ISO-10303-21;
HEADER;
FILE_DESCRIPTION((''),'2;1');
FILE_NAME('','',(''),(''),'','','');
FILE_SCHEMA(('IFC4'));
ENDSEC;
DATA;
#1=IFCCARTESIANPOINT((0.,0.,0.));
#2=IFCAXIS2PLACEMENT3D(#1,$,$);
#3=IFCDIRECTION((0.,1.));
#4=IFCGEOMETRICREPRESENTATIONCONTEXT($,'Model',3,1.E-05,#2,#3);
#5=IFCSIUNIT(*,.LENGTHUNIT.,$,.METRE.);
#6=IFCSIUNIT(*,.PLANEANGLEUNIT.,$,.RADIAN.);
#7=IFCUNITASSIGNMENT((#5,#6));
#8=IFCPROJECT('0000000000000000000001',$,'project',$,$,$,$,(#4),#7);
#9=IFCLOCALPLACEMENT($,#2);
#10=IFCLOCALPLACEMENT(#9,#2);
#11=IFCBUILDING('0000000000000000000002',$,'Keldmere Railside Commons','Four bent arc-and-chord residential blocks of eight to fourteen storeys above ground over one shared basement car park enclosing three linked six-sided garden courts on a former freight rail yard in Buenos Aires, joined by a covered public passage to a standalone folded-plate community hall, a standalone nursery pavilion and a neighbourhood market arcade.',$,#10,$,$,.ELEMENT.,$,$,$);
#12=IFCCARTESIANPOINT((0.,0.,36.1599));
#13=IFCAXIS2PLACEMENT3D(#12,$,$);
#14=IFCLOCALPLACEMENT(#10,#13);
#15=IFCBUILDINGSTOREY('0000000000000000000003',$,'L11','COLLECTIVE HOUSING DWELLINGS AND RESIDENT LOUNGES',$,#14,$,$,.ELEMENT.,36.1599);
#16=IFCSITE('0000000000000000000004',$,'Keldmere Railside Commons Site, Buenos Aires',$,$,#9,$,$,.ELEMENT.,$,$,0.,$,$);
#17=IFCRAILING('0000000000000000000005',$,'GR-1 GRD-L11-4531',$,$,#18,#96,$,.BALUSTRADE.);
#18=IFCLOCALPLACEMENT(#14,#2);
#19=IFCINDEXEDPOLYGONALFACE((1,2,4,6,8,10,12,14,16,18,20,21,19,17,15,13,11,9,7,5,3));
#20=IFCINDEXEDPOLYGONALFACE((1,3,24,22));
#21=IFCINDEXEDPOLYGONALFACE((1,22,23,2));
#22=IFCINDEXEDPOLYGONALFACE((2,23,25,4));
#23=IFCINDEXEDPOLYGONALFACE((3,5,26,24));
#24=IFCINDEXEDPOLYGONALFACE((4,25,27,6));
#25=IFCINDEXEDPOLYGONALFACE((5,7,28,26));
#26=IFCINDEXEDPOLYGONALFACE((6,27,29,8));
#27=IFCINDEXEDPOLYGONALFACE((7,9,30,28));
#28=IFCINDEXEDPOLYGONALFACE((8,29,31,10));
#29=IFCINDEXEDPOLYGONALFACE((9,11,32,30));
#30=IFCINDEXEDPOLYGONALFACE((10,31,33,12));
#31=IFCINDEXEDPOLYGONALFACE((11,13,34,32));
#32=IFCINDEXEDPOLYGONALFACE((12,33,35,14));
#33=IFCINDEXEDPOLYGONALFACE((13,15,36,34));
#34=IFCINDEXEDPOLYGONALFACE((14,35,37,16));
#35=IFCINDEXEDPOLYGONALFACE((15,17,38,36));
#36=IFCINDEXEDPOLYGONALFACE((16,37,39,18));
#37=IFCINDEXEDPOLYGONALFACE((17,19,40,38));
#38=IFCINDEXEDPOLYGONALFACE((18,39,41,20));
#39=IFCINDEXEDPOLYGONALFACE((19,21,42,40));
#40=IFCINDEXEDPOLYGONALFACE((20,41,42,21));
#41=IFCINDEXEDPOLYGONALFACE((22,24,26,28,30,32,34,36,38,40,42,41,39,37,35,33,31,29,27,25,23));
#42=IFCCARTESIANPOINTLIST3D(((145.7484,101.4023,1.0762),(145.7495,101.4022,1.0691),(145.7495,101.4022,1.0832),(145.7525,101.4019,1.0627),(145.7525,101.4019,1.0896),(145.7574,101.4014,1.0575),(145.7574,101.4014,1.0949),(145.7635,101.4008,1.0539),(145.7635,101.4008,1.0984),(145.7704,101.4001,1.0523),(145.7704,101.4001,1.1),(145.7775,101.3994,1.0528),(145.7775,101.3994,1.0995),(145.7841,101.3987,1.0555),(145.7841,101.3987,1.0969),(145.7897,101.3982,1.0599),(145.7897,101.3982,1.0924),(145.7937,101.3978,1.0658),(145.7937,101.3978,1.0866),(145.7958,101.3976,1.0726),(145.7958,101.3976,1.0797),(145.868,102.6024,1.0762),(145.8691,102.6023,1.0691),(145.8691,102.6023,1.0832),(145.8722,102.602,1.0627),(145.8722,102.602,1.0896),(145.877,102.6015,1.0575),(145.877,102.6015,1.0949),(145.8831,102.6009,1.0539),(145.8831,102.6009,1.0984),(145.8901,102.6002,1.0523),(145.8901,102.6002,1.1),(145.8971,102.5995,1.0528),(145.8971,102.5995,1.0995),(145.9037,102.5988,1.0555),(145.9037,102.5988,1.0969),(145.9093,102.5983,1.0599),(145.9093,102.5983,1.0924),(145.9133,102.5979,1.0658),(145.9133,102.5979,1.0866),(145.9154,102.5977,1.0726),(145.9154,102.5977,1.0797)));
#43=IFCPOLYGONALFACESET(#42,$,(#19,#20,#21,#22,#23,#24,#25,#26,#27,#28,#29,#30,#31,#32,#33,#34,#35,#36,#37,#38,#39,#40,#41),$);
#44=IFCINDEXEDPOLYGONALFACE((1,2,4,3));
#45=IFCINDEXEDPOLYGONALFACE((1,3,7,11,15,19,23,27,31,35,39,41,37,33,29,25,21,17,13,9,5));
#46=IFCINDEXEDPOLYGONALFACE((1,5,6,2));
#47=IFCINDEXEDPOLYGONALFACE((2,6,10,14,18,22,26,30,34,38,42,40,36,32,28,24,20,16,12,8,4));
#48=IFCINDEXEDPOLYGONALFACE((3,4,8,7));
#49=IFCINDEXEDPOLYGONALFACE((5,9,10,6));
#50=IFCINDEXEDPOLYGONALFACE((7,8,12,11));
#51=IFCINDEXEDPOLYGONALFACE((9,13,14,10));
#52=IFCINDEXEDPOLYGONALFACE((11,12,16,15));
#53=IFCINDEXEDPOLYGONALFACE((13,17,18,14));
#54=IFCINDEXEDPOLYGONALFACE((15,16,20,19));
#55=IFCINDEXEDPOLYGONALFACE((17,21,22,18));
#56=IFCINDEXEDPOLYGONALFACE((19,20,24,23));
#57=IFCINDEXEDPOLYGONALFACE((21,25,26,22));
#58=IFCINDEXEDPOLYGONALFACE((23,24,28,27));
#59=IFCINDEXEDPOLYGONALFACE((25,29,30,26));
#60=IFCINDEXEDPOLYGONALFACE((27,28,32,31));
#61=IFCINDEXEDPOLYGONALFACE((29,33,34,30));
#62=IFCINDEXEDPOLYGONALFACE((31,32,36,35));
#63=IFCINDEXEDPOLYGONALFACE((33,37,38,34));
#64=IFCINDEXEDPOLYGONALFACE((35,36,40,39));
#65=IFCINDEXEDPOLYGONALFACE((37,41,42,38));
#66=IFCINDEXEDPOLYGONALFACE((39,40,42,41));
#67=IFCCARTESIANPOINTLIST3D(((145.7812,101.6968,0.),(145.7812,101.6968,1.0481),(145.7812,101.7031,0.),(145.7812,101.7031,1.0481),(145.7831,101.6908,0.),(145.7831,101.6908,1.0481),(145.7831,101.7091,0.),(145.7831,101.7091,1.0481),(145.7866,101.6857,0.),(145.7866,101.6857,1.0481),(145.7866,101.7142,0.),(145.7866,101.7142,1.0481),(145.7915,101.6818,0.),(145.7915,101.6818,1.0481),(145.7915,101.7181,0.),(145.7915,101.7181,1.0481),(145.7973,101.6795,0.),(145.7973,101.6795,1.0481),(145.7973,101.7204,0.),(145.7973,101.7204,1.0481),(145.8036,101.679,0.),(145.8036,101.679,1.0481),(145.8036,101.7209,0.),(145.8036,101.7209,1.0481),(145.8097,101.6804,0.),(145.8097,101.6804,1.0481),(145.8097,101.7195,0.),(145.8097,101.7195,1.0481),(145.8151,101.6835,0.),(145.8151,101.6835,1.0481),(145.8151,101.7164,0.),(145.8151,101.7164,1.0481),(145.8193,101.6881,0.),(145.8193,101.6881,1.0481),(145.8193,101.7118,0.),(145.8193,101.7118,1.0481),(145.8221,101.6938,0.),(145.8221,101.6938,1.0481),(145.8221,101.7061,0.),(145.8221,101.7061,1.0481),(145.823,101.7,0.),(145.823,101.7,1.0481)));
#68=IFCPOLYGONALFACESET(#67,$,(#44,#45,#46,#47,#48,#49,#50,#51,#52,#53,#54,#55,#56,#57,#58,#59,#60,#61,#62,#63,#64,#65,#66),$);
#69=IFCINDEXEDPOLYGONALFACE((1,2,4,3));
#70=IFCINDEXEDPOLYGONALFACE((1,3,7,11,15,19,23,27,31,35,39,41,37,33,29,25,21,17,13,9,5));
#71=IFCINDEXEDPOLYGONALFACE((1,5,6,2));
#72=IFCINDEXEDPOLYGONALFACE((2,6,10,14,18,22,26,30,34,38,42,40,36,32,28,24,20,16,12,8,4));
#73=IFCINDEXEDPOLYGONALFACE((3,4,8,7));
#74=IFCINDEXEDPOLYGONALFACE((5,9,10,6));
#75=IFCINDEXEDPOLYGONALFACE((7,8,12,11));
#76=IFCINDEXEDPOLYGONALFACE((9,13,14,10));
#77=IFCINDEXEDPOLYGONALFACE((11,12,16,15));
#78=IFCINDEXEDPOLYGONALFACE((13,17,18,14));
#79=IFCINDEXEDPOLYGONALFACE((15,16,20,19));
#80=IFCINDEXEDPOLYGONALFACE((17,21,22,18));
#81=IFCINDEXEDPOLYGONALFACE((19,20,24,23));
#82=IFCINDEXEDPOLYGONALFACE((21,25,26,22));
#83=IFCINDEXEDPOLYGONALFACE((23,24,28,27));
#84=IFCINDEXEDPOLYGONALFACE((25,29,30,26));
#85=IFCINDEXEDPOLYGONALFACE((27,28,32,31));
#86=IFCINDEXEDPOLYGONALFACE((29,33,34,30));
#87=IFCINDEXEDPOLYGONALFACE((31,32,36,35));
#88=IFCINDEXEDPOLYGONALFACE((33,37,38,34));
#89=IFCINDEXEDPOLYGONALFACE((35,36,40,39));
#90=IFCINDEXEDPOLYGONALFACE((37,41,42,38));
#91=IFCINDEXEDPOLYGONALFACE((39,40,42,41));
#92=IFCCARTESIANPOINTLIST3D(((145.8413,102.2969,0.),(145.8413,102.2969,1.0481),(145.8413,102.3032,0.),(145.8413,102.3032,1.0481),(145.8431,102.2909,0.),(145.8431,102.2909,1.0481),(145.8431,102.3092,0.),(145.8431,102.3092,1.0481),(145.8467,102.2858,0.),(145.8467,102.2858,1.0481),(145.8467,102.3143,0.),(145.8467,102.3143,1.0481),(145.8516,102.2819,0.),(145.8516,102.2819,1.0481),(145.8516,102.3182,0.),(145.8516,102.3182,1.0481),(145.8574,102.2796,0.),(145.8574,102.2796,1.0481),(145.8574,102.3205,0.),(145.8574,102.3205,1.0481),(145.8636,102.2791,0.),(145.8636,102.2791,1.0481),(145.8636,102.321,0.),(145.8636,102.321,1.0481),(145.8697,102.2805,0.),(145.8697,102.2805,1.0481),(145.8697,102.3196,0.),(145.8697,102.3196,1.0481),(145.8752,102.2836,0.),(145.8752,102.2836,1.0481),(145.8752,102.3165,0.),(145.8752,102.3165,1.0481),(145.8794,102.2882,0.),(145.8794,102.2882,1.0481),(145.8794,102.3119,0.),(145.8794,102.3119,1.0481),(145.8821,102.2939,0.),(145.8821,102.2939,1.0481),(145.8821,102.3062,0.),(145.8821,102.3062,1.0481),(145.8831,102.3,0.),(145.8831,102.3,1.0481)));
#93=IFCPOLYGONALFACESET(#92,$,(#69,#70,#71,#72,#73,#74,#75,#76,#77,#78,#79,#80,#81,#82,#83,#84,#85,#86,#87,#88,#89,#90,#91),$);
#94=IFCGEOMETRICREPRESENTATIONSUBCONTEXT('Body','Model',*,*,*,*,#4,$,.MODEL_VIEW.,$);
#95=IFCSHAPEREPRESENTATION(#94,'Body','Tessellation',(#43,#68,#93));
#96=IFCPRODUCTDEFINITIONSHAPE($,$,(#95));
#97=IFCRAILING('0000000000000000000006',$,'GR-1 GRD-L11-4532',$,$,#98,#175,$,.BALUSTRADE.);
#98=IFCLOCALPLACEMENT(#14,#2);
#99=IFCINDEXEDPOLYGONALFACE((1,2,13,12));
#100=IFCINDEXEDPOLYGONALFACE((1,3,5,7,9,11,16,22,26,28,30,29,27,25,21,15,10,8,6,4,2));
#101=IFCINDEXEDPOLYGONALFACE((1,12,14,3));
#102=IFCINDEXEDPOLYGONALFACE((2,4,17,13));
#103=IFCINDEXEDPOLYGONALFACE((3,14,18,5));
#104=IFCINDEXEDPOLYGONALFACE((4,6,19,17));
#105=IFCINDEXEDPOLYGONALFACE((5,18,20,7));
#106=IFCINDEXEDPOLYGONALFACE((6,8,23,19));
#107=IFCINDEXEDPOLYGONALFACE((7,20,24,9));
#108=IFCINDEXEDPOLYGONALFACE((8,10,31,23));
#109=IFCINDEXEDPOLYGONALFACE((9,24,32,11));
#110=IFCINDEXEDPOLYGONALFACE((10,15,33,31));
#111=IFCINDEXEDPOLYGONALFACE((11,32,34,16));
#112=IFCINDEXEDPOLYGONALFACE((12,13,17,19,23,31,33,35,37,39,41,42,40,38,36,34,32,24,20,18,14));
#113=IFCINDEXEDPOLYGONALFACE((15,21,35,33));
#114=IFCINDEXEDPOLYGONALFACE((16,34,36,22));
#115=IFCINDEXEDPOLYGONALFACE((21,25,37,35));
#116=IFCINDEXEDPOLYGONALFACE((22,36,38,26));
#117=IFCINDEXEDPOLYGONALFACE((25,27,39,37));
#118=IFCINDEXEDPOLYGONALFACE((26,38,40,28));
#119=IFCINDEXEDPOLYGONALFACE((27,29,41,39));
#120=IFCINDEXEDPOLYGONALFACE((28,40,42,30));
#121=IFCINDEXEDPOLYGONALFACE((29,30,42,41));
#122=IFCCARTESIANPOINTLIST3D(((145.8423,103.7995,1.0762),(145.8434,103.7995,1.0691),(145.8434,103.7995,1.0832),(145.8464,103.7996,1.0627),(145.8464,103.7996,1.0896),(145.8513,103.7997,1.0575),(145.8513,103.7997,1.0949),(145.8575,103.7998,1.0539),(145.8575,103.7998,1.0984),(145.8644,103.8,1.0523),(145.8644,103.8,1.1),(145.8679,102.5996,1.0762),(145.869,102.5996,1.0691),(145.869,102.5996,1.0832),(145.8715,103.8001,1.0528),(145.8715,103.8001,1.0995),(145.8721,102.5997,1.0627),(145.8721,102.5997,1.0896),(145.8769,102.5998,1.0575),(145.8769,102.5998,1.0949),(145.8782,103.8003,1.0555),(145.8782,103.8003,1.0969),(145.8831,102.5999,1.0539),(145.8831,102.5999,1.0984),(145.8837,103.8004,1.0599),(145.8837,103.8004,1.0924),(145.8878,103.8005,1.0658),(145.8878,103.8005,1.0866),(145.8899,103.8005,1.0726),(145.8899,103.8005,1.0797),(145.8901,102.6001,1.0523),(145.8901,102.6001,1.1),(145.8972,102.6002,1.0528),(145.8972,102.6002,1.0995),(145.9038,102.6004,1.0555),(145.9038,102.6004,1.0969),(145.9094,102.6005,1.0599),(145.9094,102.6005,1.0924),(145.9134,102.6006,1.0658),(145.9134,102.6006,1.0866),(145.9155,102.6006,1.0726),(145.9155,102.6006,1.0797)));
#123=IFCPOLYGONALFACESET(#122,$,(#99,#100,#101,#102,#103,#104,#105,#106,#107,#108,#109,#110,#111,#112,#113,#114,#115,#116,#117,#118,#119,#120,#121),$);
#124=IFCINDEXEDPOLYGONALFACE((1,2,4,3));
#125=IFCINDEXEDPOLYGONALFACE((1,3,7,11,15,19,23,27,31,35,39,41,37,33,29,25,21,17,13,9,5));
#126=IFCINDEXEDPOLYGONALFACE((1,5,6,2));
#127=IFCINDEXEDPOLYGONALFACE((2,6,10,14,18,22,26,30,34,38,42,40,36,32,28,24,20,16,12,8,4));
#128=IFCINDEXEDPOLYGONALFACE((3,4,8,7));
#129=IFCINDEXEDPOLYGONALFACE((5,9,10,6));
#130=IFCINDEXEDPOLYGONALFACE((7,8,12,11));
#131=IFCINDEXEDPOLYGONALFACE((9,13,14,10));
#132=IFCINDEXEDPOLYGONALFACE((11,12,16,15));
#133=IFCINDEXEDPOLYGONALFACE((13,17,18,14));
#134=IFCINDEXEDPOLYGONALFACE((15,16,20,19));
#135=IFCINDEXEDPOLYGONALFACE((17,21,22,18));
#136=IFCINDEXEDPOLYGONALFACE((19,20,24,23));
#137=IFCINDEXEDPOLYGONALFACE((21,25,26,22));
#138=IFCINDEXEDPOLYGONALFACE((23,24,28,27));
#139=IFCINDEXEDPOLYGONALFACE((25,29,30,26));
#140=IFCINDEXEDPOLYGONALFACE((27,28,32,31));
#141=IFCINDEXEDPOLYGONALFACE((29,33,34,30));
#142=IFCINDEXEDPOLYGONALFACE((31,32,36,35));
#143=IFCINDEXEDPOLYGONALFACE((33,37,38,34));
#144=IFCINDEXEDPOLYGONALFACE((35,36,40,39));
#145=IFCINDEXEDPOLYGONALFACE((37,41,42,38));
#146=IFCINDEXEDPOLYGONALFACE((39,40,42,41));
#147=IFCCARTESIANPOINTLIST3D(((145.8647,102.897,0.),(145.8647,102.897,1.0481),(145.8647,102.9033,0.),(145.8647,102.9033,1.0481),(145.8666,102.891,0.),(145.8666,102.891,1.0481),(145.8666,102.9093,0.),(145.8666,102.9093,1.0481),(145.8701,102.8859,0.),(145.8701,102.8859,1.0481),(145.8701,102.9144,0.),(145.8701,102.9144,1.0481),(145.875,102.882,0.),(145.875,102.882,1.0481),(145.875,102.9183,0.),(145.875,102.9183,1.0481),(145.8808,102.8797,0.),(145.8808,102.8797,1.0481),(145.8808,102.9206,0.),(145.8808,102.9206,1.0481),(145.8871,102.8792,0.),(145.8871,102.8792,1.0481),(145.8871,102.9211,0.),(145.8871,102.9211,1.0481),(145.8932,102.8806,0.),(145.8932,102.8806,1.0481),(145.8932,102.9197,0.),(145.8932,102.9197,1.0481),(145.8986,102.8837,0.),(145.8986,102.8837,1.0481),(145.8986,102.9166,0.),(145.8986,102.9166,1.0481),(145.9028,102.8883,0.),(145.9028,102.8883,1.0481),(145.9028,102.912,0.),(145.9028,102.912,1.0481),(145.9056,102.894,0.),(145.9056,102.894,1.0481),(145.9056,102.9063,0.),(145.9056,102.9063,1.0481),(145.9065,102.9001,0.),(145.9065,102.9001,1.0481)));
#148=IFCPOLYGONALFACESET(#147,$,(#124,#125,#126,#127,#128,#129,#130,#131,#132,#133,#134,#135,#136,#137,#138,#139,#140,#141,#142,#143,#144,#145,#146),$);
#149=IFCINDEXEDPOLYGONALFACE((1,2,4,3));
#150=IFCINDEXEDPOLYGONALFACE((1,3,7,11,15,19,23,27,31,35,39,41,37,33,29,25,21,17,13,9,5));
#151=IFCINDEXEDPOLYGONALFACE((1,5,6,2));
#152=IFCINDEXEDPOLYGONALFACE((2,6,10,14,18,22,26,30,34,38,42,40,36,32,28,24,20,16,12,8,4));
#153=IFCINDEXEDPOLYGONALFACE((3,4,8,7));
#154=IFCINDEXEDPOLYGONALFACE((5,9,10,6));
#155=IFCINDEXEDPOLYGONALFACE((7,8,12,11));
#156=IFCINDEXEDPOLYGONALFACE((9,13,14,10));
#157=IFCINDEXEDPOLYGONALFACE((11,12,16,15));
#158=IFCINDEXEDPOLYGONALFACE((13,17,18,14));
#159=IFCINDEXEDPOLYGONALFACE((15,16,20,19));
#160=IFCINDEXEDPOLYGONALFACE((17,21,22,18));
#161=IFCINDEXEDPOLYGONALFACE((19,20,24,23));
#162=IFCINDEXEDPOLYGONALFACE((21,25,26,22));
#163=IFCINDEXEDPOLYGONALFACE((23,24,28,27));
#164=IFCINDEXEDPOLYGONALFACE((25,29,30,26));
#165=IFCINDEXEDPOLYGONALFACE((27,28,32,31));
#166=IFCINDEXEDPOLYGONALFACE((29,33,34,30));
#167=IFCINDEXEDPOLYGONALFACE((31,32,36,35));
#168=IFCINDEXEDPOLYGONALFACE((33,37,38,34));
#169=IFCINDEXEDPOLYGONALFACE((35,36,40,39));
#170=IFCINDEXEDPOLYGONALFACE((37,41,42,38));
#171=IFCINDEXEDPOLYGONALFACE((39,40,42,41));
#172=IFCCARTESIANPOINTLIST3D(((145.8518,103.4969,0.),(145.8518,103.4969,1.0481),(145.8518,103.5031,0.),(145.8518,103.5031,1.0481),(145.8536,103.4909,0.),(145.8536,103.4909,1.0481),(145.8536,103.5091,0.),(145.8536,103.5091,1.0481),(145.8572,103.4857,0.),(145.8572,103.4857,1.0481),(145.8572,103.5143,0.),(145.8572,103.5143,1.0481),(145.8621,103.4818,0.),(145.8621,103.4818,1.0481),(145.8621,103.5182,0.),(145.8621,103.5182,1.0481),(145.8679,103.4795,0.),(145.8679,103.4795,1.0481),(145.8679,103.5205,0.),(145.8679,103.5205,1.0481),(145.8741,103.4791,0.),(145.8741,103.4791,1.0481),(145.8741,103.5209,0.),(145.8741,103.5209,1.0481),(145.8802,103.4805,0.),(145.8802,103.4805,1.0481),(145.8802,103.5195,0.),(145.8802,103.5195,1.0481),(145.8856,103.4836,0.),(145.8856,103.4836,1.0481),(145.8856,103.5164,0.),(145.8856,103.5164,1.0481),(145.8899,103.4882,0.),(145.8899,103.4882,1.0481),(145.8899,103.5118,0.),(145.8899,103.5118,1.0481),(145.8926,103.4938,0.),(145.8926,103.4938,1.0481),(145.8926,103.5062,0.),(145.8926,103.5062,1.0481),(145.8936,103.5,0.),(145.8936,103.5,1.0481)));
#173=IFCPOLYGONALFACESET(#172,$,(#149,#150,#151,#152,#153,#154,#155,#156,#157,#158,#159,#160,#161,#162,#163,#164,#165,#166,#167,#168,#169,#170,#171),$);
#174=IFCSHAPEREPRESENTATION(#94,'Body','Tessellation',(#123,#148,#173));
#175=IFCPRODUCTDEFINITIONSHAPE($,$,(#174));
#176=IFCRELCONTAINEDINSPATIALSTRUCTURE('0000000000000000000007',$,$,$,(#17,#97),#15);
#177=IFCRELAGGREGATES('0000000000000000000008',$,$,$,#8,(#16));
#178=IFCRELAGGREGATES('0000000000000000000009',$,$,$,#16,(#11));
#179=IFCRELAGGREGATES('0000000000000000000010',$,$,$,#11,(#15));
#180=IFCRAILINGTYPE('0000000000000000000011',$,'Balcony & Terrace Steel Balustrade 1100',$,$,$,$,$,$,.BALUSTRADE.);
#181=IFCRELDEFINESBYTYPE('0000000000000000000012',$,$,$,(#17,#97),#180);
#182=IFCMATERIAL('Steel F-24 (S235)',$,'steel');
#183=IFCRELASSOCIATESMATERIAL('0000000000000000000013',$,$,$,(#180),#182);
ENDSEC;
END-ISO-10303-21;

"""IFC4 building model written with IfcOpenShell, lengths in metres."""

from ifc_helpers import new_model, si_unit, direction, frame, origin, origin_2d, place, context, subcontext, project, spatial, circle, extrude, material, type_object, element, save


model = new_model("IFC4")

# Units and contexts
model_context = context("Model", 3, precision=1e-05, world=origin(), true_north=direction((0.0, 1.0)))
body_context = subcontext(model_context, "Body", "Model", "MODEL_VIEW")
ifc_project = project(units=[si_unit("LENGTHUNIT", "METRE"), si_unit("PLANEANGLEUNIT", "RADIAN")], contexts=[model_context])

# Site, building, storey
site_placement = place(None, origin())
site = spatial("IfcSite", under=ifc_project, at=site_placement, Name="Keldmere Railside Commons Site, Buenos Aires", CompositionType="ELEMENT", RefElevation=0.0)
building_placement = place(site_placement, origin())
building = spatial("IfcBuilding", under=site, at=building_placement, Name="Keldmere Railside Commons", Description="Four bent arc-and-chord residential blocks of eight to fourteen storeys above ground over one shared basement car park enclosing three linked six-sided garden courts on a former freight rail yard in Buenos Aires, joined by a covered public passage to a standalone folded-plate community hall, a standalone nursery pavilion and a neighbourhood market arcade.", CompositionType="ELEMENT")
storey_placement = place(building_placement, frame((0.0, 0.0, 36.1599)))
storey = spatial("IfcBuildingStorey", under=building, at=storey_placement, Name="L11", Description="COLLECTIVE HOUSING DWELLINGS AND RESIDENT LOUNGES", CompositionType="ELEMENT", Elevation=36.1599)

# Shared definitions
ifc_material_1 = material(Name="Steel F-24 (S235)", Category="steel")

# Railings
railing_type_1 = type_object("IfcRailingType", Name="Balcony & Terrace Steel Balustrade 1100", PredefinedType="BALUSTRADE", material=ifc_material_1)
railing_1_placement = place(storey_placement, frame((145.7722, 101.3999, 0.0)))
element("IfcRailing", 1, at=railing_1_placement, inside=storey, type_object=railing_type_1, Name="GR-1 GRD-L11-4531", PredefinedType="BALUSTRADE", context=body_context, shape_type="SweptSolid", body=[
    extrude(circle(Radius=0.0239, at=origin_2d()), frame((0.0, 0.0, 1.0762), z_axis=(0.099183, 0.995069, 0.0), x_axis=(-0.995069, 0.099183, 0.0)), (0.0, 0.0, 1.0), 1.2061),
    extrude(circle(Radius=0.021, at=origin_2d()), frame((0.0298, 0.3, 0.0)), (0.0, 0.0, 1.0), 1.0481),
    extrude(circle(Radius=0.021, at=origin_2d()), frame((0.0898, 0.9001, 0.0)), (0.0, 0.0, 1.0), 1.0481),
])
railing_2_placement = place(storey_placement, frame((145.8918, 102.6001, 0.0)))
element("IfcRailing", 2, at=railing_2_placement, inside=storey, type_object=railing_type_1, Name="GR-1 GRD-L11-4532", PredefinedType="BALUSTRADE", context=body_context, shape_type="SweptSolid", body=[
    extrude(circle(Radius=0.0239, at=origin_2d()), frame((0.0, 0.0, 1.0762), z_axis=(-0.021358, 0.999772, 0.0), x_axis=(-0.999772, -0.021358, 0.0)), (0.0, 0.0, 1.0), 1.2002),
    extrude(circle(Radius=0.021, at=origin_2d()), frame((-0.0063, 0.3, 0.0)), (0.0, 0.0, 1.0), 1.0481),
    extrude(circle(Radius=0.021, at=origin_2d()), frame((-0.0193, 0.8999, 0.0)), (0.0, 0.0, 1.0), 1.0481),
])

save(model, "model.ifc")
